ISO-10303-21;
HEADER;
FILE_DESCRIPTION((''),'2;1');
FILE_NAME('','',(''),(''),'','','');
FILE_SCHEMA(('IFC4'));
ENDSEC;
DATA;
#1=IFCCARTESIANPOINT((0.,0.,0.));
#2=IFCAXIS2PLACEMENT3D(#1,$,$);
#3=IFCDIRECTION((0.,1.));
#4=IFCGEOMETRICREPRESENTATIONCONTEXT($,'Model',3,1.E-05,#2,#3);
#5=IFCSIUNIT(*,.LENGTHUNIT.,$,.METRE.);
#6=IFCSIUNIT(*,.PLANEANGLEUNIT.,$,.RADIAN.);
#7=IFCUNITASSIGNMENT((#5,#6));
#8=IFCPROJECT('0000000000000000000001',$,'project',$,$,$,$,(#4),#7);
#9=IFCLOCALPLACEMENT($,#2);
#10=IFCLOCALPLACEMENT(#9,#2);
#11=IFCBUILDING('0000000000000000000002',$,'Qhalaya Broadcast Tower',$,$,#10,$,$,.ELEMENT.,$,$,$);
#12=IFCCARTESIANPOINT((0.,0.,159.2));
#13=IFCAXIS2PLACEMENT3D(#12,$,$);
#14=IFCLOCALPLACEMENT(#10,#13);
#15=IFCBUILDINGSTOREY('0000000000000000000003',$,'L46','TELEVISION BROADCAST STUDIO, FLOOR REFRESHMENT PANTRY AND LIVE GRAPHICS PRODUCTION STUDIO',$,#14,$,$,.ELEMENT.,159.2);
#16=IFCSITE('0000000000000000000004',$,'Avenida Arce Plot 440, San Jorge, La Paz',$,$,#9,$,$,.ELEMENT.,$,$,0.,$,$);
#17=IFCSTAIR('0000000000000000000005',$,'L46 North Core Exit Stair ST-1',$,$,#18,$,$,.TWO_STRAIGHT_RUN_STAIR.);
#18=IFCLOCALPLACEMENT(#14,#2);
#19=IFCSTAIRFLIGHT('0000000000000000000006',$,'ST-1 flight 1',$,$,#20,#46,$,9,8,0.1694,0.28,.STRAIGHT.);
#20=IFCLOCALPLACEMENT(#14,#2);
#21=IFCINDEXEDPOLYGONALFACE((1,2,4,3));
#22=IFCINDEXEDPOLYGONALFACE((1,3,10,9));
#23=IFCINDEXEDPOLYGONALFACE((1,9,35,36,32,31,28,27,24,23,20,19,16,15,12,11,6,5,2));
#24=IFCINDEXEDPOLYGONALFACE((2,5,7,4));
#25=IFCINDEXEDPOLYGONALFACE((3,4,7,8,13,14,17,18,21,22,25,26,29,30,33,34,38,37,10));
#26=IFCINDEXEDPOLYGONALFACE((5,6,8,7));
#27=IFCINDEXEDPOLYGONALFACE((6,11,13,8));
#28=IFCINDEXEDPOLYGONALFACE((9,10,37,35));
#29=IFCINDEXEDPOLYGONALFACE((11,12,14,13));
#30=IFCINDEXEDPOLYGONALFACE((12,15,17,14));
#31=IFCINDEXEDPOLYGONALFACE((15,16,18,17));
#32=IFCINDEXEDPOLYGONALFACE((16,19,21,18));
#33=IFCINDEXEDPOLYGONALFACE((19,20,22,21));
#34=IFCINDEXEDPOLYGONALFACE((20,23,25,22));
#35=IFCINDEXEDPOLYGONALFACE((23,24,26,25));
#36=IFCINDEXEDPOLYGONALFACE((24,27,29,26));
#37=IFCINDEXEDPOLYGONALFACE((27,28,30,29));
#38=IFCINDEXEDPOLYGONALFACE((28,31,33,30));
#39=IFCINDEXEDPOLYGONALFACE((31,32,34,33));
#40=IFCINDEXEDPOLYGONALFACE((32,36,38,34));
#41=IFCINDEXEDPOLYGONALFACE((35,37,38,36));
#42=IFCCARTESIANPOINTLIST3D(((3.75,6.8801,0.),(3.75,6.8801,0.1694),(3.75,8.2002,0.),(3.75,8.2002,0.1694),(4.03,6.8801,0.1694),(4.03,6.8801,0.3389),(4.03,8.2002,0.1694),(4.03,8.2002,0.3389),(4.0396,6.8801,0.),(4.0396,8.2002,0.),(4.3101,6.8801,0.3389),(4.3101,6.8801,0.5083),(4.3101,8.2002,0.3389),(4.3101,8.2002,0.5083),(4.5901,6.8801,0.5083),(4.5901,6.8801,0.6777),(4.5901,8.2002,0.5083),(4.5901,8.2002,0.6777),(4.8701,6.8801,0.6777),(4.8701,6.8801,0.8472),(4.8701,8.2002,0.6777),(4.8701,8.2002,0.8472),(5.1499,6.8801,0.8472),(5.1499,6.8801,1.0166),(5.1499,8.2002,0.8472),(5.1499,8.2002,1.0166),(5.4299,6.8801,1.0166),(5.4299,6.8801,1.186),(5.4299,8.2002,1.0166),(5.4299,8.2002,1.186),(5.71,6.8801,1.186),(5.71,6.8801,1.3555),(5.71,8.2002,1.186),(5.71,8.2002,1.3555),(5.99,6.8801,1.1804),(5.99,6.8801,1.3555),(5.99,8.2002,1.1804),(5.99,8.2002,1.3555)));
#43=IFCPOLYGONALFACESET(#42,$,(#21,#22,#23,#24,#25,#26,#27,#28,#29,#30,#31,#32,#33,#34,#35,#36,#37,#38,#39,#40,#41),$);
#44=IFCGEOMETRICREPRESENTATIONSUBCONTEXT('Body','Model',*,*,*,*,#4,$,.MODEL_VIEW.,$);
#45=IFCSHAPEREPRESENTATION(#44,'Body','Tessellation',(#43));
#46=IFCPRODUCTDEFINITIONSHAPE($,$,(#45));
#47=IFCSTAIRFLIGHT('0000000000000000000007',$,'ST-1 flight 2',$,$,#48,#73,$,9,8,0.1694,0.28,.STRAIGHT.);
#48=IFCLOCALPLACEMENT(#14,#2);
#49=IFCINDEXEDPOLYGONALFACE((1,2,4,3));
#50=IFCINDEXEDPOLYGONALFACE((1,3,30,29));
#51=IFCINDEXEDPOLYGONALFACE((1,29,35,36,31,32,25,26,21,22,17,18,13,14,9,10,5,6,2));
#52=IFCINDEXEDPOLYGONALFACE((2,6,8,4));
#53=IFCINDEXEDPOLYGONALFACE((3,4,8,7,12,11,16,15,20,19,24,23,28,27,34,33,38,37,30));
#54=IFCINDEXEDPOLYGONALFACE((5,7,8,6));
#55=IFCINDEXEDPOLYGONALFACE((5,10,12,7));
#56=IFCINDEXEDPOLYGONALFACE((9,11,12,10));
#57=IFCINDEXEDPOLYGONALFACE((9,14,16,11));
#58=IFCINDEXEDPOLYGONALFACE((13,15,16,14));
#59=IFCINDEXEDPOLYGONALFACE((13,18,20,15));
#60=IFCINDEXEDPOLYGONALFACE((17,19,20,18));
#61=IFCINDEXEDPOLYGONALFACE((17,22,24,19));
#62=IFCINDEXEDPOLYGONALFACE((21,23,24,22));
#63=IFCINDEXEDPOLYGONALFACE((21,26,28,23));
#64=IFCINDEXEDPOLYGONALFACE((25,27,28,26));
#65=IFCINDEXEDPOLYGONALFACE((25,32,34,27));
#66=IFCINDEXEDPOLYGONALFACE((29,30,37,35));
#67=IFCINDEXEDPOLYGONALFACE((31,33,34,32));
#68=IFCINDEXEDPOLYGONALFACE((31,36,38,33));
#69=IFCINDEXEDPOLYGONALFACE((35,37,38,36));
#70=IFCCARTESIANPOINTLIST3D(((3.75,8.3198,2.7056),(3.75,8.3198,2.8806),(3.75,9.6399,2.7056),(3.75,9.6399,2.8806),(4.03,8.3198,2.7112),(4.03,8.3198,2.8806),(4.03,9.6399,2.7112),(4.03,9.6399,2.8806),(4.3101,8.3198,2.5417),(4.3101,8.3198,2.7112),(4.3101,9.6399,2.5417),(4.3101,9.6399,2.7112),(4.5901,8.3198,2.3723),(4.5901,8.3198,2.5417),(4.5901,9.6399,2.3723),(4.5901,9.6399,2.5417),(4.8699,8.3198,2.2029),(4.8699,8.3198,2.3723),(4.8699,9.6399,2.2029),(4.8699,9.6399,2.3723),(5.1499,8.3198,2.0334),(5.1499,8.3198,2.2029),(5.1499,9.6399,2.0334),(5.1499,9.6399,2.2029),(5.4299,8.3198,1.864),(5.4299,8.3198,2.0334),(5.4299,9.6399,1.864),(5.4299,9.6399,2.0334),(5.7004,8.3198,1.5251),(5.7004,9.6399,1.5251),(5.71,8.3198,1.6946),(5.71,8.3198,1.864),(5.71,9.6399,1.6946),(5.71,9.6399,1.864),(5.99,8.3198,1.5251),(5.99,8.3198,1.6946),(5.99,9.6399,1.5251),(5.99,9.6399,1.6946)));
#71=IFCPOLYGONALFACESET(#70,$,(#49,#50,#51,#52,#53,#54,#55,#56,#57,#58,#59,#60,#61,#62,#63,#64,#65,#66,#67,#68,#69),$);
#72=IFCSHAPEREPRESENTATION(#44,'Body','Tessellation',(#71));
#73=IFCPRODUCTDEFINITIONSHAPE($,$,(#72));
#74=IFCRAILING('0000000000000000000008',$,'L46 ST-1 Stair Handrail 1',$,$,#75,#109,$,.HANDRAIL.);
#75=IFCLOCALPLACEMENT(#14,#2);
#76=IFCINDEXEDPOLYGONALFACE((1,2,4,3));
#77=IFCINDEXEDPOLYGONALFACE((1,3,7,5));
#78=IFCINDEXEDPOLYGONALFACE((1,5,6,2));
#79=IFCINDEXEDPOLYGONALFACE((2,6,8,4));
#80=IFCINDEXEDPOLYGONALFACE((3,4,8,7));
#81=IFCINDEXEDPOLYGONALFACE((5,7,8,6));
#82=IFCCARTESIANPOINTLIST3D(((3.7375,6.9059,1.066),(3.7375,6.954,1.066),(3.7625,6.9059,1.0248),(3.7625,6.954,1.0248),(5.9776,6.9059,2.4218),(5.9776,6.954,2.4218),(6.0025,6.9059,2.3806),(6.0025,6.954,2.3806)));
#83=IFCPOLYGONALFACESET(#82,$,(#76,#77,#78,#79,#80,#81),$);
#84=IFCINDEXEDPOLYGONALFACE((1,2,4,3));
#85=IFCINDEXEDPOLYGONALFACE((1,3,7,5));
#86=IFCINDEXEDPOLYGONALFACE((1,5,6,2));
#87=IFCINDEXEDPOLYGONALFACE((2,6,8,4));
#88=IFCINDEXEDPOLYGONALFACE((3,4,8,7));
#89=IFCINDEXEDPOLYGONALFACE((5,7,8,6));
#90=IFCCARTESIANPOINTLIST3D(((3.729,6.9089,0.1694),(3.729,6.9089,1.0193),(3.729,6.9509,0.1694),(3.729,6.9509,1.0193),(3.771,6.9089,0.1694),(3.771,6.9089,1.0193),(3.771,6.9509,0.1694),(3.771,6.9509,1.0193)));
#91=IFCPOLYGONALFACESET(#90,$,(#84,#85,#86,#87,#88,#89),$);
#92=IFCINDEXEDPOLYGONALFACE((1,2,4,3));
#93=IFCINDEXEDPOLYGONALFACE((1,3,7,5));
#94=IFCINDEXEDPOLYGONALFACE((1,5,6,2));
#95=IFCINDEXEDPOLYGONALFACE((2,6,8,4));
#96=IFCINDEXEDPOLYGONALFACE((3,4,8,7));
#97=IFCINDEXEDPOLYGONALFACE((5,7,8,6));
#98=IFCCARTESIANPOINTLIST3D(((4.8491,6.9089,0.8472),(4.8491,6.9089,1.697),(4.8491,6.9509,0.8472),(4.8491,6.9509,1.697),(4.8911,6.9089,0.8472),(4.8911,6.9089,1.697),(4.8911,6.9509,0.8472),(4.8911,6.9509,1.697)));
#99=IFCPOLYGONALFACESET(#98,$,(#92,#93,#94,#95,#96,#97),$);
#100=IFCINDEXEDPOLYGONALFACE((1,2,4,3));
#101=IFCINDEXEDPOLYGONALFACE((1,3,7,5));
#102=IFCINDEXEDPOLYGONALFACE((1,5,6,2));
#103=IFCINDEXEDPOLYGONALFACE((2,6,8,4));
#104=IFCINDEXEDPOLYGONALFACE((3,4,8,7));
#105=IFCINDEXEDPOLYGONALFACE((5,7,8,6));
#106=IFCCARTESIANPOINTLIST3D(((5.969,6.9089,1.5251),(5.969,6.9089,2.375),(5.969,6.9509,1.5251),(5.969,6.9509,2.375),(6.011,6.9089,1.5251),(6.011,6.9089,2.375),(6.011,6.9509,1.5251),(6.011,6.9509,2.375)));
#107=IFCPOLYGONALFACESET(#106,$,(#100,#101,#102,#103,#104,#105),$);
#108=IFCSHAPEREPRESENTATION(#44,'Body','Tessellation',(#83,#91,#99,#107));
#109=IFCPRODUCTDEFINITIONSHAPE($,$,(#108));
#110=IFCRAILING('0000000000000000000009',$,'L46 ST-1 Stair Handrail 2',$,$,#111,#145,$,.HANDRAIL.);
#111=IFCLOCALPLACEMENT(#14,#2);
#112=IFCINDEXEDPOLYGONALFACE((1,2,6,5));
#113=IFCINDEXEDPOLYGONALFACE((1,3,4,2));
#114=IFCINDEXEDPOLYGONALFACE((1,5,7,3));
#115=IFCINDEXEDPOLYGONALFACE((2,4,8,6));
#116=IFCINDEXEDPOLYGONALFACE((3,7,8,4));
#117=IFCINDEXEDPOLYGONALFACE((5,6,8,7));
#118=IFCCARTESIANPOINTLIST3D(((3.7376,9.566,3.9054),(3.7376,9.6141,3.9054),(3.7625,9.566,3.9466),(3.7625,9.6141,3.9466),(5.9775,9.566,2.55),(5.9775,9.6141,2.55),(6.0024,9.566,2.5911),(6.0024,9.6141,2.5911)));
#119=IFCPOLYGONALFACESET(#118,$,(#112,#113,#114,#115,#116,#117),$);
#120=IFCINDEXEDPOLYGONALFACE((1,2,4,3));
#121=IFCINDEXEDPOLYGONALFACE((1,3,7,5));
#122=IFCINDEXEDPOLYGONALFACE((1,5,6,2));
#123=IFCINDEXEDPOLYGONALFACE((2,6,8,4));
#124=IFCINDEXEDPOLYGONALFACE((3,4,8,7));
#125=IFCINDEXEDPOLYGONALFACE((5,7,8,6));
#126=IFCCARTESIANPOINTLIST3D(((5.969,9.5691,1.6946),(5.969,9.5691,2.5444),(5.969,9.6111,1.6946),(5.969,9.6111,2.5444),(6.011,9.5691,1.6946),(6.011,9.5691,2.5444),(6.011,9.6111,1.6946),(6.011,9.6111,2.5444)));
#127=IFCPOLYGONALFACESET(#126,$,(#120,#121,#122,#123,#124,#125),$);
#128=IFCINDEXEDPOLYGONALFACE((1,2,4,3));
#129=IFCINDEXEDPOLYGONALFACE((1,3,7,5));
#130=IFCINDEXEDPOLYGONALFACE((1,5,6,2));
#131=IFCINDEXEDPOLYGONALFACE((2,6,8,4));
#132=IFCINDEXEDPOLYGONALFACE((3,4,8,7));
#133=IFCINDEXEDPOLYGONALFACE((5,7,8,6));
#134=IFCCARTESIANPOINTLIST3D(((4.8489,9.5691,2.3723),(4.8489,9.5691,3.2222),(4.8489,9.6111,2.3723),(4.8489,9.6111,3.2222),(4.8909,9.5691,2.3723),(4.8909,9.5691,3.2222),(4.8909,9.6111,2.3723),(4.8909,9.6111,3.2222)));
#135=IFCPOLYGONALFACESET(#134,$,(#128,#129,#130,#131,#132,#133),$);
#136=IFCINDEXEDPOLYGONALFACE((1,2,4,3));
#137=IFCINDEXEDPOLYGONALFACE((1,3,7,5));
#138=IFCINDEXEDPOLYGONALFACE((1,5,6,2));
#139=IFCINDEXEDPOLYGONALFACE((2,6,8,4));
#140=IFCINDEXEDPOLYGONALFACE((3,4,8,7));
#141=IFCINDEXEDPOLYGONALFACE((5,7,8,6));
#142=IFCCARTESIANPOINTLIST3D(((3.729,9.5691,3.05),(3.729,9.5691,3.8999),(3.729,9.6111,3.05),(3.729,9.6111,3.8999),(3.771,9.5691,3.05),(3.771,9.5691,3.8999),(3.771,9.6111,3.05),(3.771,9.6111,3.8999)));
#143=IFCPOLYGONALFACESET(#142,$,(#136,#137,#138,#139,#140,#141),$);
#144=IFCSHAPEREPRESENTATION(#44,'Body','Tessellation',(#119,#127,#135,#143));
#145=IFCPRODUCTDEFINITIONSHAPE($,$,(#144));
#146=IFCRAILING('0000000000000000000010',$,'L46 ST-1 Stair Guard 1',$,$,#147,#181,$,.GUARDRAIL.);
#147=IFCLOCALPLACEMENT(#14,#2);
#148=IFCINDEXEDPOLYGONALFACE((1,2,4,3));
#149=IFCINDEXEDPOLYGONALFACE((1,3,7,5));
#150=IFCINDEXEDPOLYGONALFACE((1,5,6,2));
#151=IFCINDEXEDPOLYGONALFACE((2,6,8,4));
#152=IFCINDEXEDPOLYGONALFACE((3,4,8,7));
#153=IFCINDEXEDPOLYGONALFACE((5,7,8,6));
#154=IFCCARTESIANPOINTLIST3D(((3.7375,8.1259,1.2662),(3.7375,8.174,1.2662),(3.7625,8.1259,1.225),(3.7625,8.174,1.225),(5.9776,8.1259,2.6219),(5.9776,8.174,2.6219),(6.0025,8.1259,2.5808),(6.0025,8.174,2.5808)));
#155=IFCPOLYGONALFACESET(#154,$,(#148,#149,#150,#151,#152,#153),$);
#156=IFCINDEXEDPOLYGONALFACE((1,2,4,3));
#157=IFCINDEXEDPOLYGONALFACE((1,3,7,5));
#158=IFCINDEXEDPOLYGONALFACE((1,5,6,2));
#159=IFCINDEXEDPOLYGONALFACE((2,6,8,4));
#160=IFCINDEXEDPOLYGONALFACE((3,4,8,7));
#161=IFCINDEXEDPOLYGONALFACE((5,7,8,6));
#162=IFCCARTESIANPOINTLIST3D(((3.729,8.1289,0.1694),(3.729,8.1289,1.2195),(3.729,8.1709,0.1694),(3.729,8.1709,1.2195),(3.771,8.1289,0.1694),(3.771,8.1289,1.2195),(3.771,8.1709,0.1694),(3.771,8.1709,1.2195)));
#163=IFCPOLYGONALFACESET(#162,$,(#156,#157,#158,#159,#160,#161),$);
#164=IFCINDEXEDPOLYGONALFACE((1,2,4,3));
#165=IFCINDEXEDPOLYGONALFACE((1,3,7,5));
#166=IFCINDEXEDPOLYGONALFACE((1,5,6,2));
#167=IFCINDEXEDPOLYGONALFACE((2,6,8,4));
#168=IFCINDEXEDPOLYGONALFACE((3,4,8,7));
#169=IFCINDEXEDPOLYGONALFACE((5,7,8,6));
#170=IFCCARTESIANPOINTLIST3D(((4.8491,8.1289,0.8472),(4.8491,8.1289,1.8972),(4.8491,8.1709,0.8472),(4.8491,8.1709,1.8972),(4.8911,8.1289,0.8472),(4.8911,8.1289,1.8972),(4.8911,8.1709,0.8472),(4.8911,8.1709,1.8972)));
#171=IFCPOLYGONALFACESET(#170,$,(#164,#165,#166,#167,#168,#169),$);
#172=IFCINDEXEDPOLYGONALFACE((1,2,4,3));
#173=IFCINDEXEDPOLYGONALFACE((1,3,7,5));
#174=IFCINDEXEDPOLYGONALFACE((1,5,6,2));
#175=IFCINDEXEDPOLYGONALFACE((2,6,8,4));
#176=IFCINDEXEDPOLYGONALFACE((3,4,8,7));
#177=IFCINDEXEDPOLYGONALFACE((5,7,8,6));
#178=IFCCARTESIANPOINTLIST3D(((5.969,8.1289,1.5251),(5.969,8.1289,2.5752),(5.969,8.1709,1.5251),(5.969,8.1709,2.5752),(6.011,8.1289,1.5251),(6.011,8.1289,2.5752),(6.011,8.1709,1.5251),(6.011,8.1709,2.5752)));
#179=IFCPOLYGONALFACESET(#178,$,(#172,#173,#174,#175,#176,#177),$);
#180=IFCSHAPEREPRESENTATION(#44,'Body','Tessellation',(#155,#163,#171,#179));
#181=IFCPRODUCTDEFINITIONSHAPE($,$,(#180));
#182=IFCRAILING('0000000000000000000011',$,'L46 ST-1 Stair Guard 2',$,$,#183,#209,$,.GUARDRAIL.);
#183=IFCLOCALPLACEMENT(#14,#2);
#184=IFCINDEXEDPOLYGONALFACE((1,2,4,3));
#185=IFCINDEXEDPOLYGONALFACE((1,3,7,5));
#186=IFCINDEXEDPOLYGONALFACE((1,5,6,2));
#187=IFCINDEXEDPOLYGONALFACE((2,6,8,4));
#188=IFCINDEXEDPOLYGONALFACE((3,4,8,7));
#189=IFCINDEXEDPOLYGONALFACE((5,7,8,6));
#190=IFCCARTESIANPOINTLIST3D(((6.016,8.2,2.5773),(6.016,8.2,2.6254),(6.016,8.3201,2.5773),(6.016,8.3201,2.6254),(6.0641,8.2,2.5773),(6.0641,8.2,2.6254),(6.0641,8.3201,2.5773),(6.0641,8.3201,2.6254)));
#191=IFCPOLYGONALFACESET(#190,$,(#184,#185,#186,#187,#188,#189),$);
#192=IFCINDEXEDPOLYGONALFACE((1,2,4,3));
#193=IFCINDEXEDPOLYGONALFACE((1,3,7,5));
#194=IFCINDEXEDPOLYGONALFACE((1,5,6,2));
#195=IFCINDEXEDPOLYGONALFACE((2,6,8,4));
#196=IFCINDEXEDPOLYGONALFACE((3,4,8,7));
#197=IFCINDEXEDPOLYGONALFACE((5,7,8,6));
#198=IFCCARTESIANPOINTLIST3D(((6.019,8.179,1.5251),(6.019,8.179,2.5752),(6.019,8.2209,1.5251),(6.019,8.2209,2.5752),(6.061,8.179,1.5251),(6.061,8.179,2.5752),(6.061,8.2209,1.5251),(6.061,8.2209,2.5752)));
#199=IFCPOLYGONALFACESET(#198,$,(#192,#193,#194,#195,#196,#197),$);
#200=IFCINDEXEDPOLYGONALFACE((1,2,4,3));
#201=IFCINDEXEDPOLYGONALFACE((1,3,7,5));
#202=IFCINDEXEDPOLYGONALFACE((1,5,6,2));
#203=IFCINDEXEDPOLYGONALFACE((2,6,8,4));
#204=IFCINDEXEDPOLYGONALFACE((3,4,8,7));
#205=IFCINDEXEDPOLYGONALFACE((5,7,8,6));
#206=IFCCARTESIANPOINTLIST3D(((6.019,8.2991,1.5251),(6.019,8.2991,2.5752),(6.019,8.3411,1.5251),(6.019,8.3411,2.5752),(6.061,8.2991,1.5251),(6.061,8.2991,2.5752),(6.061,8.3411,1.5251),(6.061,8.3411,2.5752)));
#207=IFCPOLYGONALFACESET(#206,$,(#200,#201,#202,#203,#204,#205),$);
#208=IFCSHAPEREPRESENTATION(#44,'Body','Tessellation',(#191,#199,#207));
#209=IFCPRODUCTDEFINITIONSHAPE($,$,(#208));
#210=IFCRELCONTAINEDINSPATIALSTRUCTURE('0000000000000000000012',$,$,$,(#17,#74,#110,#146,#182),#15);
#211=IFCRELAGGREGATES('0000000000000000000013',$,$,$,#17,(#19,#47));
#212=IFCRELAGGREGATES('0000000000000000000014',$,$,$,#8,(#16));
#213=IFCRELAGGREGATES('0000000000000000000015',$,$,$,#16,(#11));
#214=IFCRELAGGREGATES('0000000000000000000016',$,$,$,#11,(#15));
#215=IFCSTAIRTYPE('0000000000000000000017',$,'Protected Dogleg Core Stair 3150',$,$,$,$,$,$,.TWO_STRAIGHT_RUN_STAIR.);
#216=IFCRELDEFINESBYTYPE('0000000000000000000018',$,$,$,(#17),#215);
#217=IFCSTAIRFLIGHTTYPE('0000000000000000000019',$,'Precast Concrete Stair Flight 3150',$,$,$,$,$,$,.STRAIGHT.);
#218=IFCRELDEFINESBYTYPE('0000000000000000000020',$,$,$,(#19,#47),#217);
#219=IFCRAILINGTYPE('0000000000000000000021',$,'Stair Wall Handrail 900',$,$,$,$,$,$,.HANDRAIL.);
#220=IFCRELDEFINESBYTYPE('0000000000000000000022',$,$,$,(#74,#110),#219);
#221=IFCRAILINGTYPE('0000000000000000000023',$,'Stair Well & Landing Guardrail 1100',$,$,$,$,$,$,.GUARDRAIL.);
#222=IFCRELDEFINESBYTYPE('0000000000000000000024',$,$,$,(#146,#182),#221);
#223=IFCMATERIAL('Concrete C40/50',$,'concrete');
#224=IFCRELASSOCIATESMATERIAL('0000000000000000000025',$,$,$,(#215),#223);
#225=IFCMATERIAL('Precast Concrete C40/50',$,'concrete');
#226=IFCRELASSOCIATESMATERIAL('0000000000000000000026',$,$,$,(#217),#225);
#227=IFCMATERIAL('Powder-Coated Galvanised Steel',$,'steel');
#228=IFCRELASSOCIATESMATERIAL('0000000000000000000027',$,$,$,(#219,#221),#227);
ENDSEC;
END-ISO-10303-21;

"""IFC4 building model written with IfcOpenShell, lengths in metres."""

from ifc_helpers import new_model, si_unit, direction, frame, origin, origin_2d, place, context, subcontext, project, spatial, polyline, rectangle, outline, extrude, material, type_object, element, aggregate, save


model = new_model("IFC4")

# Units and contexts
model_context = context("Model", 3, precision=1e-05, world=origin(), true_north=direction((0.0, 1.0)))
body_context = subcontext(model_context, "Body", "Model", "MODEL_VIEW")
ifc_project = project(units=[si_unit("LENGTHUNIT", "METRE"), si_unit("PLANEANGLEUNIT", "RADIAN")], contexts=[model_context])

# Site, building, storey
site_placement = place(None, origin())
site = spatial("IfcSite", under=ifc_project, at=site_placement, Name="Avenida Arce Plot 440, San Jorge, La Paz", CompositionType="ELEMENT", RefElevation=0.0)
building_placement = place(site_placement, origin())
building = spatial("IfcBuilding", under=site, at=building_placement, Name="Qhalaya Broadcast Tower", CompositionType="ELEMENT")
storey_placement = place(building_placement, frame((0.0, 0.0, 159.2)))
storey = spatial("IfcBuildingStorey", under=building, at=storey_placement, Name="L46", Description="TELEVISION BROADCAST STUDIO, FLOOR REFRESHMENT PANTRY AND LIVE GRAPHICS PRODUCTION STUDIO", CompositionType="ELEMENT", Elevation=159.2)

# Stair, stair flights
ifc_material_1 = material(Name="Concrete C40/50", Category="concrete")
stair_type = type_object("IfcStairType", Name="Protected Dogleg Core Stair 3150", PredefinedType="TWO_STRAIGHT_RUN_STAIR", material=ifc_material_1)
stair_placement = place(storey_placement, origin())
stair = element("IfcStair", 1, at=stair_placement, inside=storey, type_object=stair_type, Name="L46 North Core Exit Stair ST-1", PredefinedType="TWO_STRAIGHT_RUN_STAIR")
ifc_material_2 = material(Name="Precast Concrete C40/50", Category="concrete")
stair_flight_type = type_object("IfcStairFlightType", Name="Precast Concrete Stair Flight 3150", PredefinedType="STRAIGHT", material=ifc_material_2)
stair_flight_1_placement = place(storey_placement, frame((3.75, 7.54, 0.0), z_axis=(0.0, 0.0, 1.0), x_axis=(1.0, 0.0, 0.0)))
stair_flight_1 = element("IfcStairFlight", 2, at=stair_flight_1_placement, type_object=stair_flight_type, Name="ST-1 flight 1", NumberOfRisers=9, NumberOfTreads=8, PredefinedType="STRAIGHT", RiserHeight=0.1694, TreadLength=0.28, context=body_context, shape_type="SweptSolid", body=[
    extrude(outline(polyline([(0.0, 0.0), (0.0, 0.1694), (0.28, 0.1694), (0.28, 0.3389), (0.5601, 0.3389), (0.5601, 0.5083), (0.8401, 0.5083), (0.8401, 0.6777), (1.1201, 0.6777), (1.1201, 0.8472), (1.3999, 0.8472), (1.3999, 1.0166), (1.6799, 1.0166), (1.6799, 1.186), (1.96, 1.186), (1.96, 1.3555), (2.24, 1.3555), (2.24, 1.5249), (2.24, 1.1804), (0.2896, 0.0), (0.0, 0.0)])), frame((0.0, 0.6602, 0.0), z_axis=(0.0, -1.0, 0.0), x_axis=(1.0, 0.0, 0.0)), (0.0, 0.0, 1.0), 1.3201),
])
stair_flight_2_placement = place(storey_placement, frame((5.99, 8.98, 1.5251), z_axis=(0.0, 0.0, 1.0), x_axis=(-1.0, 0.0, 0.0)))
stair_flight_2 = element("IfcStairFlight", 3, at=stair_flight_2_placement, type_object=stair_flight_type, Name="ST-1 flight 2", NumberOfRisers=9, NumberOfTreads=8, PredefinedType="STRAIGHT", RiserHeight=0.1694, TreadLength=0.28, context=body_context, shape_type="SweptSolid", body=[
    extrude(outline(polyline([(0.0, 0.0), (0.0, 0.1694), (0.28, 0.1694), (0.28, 0.3389), (0.5601, 0.3389), (0.5601, 0.5083), (0.8401, 0.5083), (0.8401, 0.6777), (1.1201, 0.6777), (1.1201, 0.8472), (1.3999, 0.8472), (1.3999, 1.0166), (1.6799, 1.0166), (1.6799, 1.186), (1.96, 1.186), (1.96, 1.3555), (2.24, 1.3555), (2.24, 1.5249), (2.24, 1.1804), (0.2896, 0.0), (0.0, 0.0)])), frame((0.0, 0.6602, 0.0), z_axis=(0.0, -1.0, 0.0), x_axis=(1.0, 0.0, 0.0)), (0.0, 0.0, 1.0), 1.3201),
])
aggregate(stair, [stair_flight_1, stair_flight_2])

# Railings
ifc_material_3 = material(Name="Powder-Coated Galvanised Steel", Category="steel")
railing_type_1 = type_object("IfcRailingType", Name="Stair Wall Handrail 900", PredefinedType="HANDRAIL", material=ifc_material_3)
railing_1_placement = place(storey_placement, frame((3.75, 6.9299, 0.1694)))
element("IfcRailing", 4, at=railing_1_placement, inside=storey, type_object=railing_type_1, Name="L46 ST-1 Stair Handrail 1", PredefinedType="HANDRAIL", context=body_context, shape_type="SweptSolid", body=[
    extrude(rectangle(XDim=0.0481, YDim=0.0481, at=origin_2d()), frame((0.0, 0.0, 0.876), z_axis=(0.855512, 0.0, 0.517783), x_axis=(0.0, 1.0, 0.0)), (0.0, 0.0, 1.0), 2.6184),
    extrude(rectangle(XDim=0.042, YDim=0.042, at=origin_2d()), origin(), (0.0, 0.0, 1.0), 0.8499),
    extrude(rectangle(XDim=0.042, YDim=0.042, at=origin_2d()), frame((1.1201, 0.0, 0.6777)), (0.0, 0.0, 1.0), 0.8499),
    extrude(rectangle(XDim=0.042, YDim=0.042, at=origin_2d()), frame((2.24, 0.0, 1.3557)), (0.0, 0.0, 1.0), 0.8499),
])
railing_2_placement = place(storey_placement, frame((5.99, 9.5901, 1.6946)))
element("IfcRailing", 5, at=railing_2_placement, inside=storey, type_object=railing_type_1, Name="L46 ST-1 Stair Handrail 2", PredefinedType="HANDRAIL", context=body_context, shape_type="SweptSolid", body=[
    extrude(rectangle(XDim=0.0481, YDim=0.0481, at=origin_2d()), frame((0.0, 0.0, 0.876), z_axis=(-0.855553, 0.0, 0.517715), x_axis=(0.0, -1.0, 0.0)), (0.0, 0.0, 1.0), 2.6182),
    extrude(rectangle(XDim=0.042, YDim=0.042, at=origin_2d()), origin(), (0.0, 0.0, 1.0), 0.8499),
    extrude(rectangle(XDim=0.042, YDim=0.042, at=origin_2d()), frame((-1.1201, 0.0, 0.6777)), (0.0, 0.0, 1.0), 0.8499),
    extrude(rectangle(XDim=0.042, YDim=0.042, at=origin_2d()), frame((-2.24, 0.0, 1.3555)), (0.0, 0.0, 1.0), 0.8499),
])
railing_type_2 = type_object("IfcRailingType", Name="Stair Well & Landing Guardrail 1100", PredefinedType="GUARDRAIL", material=ifc_material_3)
railing_3_placement = place(storey_placement, frame((3.75, 8.1499, 0.1694)))
element("IfcRailing", 6, at=railing_3_placement, inside=storey, type_object=railing_type_2, Name="L46 ST-1 Stair Guard 1", PredefinedType="GUARDRAIL", context=body_context, shape_type="SweptSolid", body=[
    extrude(rectangle(XDim=0.0481, YDim=0.0481, at=origin_2d()), frame((0.0, 0.0, 1.0762), z_axis=(0.855512, 0.0, 0.517783), x_axis=(0.0, 1.0, 0.0)), (0.0, 0.0, 1.0), 2.6184),
    extrude(rectangle(XDim=0.042, YDim=0.042, at=origin_2d()), origin(), (0.0, 0.0, 1.0), 1.05),
    extrude(rectangle(XDim=0.042, YDim=0.042, at=origin_2d()), frame((1.1201, 0.0, 0.6777)), (0.0, 0.0, 1.0), 1.05),
    extrude(rectangle(XDim=0.042, YDim=0.042, at=origin_2d()), frame((2.24, 0.0, 1.3557)), (0.0, 0.0, 1.0), 1.05),
])
railing_4_placement = place(storey_placement, frame((6.04, 8.2, 1.5251)))
element("IfcRailing", 7, at=railing_4_placement, inside=storey, type_object=railing_type_2, Name="L46 ST-1 Stair Guard 2", PredefinedType="GUARDRAIL", context=body_context, shape_type="SweptSolid", body=[
    extrude(rectangle(XDim=0.0481, YDim=0.0481, at=origin_2d()), frame((0.0, 0.0, 1.0762), z_axis=(0.0, 1.0, 0.0), x_axis=(-1.0, 0.0, 0.0)), (0.0, 0.0, 1.0), 0.1201),
    extrude(rectangle(XDim=0.042, YDim=0.042, at=origin_2d()), origin(), (0.0, 0.0, 1.0), 1.05),
    extrude(rectangle(XDim=0.042, YDim=0.042, at=origin_2d()), frame((0.0, 0.1201, 0.0)), (0.0, 0.0, 1.0), 1.05),
])

save(model, "model.ifc")
